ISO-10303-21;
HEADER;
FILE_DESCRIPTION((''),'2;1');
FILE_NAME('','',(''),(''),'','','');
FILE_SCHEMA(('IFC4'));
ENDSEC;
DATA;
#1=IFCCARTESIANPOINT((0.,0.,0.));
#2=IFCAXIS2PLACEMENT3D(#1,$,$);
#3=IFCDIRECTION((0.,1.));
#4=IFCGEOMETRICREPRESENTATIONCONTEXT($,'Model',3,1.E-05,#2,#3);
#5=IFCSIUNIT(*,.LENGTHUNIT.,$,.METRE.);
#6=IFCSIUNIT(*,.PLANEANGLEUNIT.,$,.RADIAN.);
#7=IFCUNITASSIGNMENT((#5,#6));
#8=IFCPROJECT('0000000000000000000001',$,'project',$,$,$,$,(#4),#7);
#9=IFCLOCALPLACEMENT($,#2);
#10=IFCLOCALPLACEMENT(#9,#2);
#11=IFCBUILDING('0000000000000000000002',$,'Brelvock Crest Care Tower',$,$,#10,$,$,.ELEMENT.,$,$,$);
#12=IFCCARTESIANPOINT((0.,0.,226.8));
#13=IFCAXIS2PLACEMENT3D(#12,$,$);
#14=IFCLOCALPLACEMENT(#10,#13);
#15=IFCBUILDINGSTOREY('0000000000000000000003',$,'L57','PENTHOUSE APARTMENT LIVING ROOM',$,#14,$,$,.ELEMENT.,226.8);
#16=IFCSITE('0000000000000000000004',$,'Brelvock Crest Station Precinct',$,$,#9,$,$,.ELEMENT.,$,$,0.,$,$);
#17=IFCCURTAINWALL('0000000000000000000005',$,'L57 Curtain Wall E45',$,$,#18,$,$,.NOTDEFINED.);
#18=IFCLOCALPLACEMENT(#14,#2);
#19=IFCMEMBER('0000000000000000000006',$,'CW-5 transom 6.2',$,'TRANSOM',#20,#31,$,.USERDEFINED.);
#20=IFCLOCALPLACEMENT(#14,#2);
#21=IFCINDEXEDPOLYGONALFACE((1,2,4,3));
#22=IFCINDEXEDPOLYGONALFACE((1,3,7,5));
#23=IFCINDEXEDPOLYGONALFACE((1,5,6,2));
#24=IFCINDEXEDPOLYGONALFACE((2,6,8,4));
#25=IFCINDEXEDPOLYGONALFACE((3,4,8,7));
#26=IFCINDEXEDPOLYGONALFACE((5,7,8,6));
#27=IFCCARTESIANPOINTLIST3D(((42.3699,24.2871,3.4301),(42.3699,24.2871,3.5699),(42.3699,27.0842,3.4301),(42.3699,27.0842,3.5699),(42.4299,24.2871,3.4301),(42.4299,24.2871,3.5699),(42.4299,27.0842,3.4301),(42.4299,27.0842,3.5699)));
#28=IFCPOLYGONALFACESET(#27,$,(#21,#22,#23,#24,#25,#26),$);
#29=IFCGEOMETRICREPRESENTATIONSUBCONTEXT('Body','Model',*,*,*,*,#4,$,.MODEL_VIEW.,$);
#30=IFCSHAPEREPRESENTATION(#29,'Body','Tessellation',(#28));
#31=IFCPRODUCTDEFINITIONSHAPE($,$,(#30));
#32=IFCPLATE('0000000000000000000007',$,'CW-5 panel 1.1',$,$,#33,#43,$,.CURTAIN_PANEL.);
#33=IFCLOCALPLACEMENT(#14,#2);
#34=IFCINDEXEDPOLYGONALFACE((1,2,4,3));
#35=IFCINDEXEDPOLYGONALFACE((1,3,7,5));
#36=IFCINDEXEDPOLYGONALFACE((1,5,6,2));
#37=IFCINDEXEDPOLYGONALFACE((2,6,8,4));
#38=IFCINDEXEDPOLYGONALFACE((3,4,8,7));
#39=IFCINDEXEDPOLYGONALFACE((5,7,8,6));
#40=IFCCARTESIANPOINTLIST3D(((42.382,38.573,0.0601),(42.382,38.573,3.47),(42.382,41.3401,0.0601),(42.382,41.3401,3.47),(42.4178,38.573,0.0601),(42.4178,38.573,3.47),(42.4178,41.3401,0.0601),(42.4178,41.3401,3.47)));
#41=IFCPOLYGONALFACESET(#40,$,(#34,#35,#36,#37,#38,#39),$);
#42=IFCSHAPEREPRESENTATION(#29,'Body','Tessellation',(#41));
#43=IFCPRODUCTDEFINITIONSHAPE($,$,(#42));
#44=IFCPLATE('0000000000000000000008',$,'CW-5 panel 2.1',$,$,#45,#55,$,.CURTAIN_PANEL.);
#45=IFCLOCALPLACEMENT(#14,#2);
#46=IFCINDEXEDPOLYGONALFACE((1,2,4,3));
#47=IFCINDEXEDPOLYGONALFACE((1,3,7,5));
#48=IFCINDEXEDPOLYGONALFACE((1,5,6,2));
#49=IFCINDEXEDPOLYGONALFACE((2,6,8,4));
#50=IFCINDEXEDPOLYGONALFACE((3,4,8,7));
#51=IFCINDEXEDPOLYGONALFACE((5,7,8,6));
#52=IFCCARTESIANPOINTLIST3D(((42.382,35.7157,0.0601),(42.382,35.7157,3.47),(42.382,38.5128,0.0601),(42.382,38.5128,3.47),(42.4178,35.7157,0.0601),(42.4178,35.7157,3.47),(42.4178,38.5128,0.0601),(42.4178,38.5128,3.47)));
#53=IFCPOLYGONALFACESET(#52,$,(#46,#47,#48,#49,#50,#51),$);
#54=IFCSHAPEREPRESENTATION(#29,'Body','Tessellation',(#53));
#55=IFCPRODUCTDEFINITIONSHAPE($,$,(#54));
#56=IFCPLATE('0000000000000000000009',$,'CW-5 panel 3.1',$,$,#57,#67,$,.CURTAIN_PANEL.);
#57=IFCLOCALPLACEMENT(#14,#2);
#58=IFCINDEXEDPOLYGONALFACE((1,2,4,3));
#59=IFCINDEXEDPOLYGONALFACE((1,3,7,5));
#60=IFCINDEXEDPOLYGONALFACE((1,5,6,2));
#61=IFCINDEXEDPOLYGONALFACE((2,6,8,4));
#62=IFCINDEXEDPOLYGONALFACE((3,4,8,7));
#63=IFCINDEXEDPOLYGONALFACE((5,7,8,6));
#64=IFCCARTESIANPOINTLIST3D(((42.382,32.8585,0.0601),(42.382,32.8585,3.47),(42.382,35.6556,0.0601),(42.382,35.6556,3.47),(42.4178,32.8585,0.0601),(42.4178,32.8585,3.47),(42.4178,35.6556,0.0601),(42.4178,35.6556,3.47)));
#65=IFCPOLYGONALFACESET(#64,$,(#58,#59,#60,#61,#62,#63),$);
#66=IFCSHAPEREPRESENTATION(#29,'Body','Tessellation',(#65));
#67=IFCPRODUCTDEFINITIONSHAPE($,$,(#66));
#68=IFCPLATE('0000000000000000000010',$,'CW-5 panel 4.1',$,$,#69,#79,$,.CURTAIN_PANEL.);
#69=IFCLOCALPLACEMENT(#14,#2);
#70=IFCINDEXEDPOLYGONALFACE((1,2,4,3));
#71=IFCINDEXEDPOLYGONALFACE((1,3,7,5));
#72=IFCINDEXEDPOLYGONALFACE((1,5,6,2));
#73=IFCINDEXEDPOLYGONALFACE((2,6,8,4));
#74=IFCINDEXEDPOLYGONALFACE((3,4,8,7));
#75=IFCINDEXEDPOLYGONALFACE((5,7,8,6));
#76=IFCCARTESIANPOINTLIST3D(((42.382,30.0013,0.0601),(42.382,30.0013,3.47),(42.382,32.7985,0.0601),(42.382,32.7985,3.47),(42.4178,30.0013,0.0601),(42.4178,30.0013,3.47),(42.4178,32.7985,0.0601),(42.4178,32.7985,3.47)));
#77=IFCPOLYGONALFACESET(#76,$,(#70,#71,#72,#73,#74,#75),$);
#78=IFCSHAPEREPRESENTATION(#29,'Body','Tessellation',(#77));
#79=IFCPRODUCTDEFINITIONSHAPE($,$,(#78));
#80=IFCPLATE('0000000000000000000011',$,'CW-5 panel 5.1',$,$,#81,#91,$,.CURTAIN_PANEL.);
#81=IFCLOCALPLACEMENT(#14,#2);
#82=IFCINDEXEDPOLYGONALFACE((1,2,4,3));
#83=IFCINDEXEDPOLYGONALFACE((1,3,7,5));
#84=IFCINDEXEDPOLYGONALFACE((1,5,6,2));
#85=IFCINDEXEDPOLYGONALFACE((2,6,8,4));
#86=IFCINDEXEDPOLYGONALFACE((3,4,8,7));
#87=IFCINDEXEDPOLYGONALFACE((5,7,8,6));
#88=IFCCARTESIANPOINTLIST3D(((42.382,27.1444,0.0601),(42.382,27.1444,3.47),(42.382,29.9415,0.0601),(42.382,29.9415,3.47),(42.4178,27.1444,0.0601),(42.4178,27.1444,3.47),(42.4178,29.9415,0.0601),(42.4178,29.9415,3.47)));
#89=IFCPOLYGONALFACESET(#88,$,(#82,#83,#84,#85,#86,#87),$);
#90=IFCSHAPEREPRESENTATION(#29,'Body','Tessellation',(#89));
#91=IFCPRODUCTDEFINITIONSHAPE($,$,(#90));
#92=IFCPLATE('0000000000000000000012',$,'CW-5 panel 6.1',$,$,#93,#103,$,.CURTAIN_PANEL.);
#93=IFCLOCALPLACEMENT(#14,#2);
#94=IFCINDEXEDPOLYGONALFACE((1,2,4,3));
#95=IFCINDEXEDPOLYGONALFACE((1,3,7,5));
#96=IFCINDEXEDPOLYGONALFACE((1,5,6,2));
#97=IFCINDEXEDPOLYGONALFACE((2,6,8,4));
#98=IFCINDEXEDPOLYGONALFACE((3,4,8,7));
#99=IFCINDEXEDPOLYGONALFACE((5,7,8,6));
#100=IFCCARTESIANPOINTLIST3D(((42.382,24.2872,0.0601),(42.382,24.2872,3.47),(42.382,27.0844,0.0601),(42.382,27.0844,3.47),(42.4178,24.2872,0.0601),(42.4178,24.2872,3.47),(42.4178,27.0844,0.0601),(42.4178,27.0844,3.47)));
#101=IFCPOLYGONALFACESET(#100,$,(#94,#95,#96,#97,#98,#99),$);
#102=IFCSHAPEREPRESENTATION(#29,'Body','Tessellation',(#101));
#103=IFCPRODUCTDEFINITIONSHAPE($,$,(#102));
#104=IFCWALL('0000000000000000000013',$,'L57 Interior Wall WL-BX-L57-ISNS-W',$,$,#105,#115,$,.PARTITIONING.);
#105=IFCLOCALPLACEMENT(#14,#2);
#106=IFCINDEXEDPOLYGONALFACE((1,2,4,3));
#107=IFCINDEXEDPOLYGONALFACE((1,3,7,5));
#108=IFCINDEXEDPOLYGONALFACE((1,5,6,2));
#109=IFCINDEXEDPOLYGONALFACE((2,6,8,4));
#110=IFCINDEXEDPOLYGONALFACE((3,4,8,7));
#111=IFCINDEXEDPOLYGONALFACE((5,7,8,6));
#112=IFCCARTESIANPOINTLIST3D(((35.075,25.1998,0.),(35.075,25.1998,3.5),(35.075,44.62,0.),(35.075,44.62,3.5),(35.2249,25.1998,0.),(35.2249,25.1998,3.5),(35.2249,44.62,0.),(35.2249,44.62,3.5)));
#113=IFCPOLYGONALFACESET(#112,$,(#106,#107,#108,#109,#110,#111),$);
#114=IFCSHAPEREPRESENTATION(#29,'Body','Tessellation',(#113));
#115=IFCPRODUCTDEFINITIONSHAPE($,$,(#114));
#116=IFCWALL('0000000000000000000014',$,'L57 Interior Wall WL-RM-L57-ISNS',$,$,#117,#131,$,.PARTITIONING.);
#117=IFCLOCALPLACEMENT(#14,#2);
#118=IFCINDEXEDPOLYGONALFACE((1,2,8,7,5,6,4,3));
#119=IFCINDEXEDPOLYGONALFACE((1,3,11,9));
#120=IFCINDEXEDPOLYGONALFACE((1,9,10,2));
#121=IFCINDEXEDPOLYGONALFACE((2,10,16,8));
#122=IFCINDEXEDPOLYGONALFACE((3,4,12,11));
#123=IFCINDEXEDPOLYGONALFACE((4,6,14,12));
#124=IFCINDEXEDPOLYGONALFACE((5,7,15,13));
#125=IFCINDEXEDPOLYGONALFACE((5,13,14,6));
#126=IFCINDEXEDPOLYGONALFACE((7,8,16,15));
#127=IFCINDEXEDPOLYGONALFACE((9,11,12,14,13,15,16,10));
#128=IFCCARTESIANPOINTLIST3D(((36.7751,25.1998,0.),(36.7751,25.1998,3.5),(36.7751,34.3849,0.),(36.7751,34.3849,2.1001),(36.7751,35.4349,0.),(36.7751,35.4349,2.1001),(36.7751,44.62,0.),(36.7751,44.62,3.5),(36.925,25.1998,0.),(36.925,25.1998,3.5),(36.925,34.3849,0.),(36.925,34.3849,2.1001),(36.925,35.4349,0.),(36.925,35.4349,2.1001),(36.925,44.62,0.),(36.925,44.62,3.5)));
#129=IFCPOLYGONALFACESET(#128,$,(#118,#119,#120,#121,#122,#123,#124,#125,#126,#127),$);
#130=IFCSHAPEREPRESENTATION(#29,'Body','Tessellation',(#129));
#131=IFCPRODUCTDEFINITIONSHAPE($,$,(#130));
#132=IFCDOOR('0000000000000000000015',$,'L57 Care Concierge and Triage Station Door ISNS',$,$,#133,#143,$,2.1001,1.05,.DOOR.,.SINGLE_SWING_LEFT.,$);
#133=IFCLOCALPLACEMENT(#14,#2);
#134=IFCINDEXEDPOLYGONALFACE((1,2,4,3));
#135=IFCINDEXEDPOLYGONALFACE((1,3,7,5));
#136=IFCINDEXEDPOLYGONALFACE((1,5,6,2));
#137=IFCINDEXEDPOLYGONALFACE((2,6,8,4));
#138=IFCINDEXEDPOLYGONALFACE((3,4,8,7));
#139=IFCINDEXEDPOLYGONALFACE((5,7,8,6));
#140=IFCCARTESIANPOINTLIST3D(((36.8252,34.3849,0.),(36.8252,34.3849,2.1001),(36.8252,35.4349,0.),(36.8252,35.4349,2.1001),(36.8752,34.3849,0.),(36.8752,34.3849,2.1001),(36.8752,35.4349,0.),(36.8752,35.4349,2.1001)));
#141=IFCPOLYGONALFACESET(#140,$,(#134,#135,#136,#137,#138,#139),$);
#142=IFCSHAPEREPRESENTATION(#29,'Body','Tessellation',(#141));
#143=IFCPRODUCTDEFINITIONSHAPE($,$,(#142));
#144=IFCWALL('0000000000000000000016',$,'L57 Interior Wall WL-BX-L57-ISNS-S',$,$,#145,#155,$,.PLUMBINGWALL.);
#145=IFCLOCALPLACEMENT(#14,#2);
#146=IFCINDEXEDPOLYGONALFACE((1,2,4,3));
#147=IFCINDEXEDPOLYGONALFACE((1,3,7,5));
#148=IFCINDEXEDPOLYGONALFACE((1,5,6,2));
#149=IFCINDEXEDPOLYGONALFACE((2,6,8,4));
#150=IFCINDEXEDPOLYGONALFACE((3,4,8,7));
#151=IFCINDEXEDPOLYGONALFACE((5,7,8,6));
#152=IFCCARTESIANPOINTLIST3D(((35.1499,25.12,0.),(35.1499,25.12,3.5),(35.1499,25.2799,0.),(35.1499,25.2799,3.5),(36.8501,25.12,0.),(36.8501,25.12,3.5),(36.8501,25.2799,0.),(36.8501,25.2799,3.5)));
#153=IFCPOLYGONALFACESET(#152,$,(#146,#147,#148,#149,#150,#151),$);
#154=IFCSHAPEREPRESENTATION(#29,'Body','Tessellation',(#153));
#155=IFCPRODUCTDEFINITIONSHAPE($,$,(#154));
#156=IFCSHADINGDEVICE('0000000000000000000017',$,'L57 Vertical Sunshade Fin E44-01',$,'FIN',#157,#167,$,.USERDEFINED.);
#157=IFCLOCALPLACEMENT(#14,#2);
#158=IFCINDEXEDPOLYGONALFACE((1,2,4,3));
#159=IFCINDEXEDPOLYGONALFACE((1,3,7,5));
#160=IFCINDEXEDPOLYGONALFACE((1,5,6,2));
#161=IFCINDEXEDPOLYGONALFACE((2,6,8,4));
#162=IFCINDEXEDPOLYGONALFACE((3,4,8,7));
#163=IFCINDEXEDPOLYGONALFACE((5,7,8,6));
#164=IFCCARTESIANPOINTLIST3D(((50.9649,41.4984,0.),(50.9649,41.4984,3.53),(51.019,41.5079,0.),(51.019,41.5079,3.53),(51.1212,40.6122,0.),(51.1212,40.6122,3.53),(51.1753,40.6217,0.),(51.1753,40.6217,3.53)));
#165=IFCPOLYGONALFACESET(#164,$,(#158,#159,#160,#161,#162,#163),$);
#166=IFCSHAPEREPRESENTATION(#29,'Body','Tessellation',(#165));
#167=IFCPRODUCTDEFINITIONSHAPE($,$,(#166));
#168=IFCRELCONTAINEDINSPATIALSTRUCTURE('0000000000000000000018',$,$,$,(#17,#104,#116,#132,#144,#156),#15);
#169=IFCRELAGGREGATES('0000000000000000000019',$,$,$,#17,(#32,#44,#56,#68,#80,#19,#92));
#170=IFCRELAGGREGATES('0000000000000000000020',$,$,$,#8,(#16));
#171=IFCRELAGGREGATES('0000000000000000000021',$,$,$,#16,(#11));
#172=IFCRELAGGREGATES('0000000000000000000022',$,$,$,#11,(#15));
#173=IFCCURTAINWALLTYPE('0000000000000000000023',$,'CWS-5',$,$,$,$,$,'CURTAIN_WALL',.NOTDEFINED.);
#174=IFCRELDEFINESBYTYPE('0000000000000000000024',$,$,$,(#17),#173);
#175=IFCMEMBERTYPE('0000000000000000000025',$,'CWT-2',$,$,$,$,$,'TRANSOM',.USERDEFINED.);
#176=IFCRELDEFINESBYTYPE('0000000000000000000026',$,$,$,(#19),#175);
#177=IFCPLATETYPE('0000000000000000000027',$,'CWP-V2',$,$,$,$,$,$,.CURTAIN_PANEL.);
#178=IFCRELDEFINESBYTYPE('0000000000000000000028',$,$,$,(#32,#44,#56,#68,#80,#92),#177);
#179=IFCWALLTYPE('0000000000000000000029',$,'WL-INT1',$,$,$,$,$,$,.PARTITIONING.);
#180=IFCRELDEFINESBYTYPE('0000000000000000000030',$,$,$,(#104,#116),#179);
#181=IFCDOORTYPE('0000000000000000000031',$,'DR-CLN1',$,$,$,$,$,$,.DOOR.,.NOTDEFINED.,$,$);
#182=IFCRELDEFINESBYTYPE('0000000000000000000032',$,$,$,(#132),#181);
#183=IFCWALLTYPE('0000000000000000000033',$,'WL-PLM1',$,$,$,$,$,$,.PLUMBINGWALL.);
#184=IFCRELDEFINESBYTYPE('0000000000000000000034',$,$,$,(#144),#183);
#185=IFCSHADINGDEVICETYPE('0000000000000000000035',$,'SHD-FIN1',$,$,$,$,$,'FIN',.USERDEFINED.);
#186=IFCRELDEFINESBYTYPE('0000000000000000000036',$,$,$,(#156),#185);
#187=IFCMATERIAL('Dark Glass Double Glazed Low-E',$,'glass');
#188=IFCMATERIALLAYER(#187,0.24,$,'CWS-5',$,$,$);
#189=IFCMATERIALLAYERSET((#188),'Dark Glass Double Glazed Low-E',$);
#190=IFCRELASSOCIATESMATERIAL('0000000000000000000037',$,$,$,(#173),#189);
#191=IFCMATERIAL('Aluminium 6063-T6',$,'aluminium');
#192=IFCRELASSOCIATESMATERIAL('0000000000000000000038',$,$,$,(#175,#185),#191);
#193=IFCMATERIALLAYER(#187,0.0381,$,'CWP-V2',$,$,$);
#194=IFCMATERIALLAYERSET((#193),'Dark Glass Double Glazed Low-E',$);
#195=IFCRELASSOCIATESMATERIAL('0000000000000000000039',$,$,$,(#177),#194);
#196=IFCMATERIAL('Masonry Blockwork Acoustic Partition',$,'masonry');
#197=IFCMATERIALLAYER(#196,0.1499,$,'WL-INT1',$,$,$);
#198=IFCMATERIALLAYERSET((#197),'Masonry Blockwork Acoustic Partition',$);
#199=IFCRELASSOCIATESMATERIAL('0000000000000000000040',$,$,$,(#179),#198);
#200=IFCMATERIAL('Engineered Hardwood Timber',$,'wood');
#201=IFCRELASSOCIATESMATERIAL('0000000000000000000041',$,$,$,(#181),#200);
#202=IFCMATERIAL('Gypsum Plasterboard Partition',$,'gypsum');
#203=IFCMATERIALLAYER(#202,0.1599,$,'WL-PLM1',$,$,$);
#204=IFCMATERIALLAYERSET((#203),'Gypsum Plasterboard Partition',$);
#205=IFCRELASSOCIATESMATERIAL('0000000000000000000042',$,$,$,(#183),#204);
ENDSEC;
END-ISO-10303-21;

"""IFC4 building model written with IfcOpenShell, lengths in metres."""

from ifc_helpers import new_model, si_unit, direction, frame, frame_2d, origin, origin_2d, place, context, subcontext, project, spatial, rectangle, extrude, source, transform, mapped, material, layer, layer_set, material_profile, profile_set, type_object, element, fill, aggregate, save


model = new_model("IFC4")

# Units and contexts
model_context = context("Model", 3, precision=1e-05, world=origin(), true_north=direction((0.0, 1.0)))
body_context = subcontext(model_context, "Body", "Model", "MODEL_VIEW")
ifc_project = project(units=[si_unit("LENGTHUNIT", "METRE"), si_unit("PLANEANGLEUNIT", "RADIAN")], contexts=[model_context])

# Site, building, storey
site_placement = place(None, origin())
site = spatial("IfcSite", under=ifc_project, at=site_placement, Name="Brelvock Crest Station Precinct", CompositionType="ELEMENT", RefElevation=0.0)
building_placement = place(site_placement, origin())
building = spatial("IfcBuilding", under=site, at=building_placement, Name="Brelvock Crest Care Tower", CompositionType="ELEMENT")
storey_placement = place(building_placement, frame((0.0, 0.0, 226.8)))
storey = spatial("IfcBuildingStorey", under=building, at=storey_placement, Name="L57", Description="PENTHOUSE APARTMENT LIVING ROOM", CompositionType="ELEMENT", Elevation=226.8)

# Curtain wall, member, plates
ifc_material_1 = material(Name="Dark Glass Double Glazed Low-E", Category="glass")
ifc_layer_1 = layer(ifc_material_1, 0.24, Name="CWS-5")
ifc_layer_set_1 = layer_set([ifc_layer_1], Name="Dark Glass Double Glazed Low-E")
curtain_wall_type = type_object("IfcCurtainWallType", Name="CWS-5", ElementType="CURTAIN_WALL", PredefinedType="NOTDEFINED", material=ifc_layer_set_1)
curtain_wall_placement = place(storey_placement, origin())
curtain_wall = element("IfcCurtainWall", 1, at=curtain_wall_placement, inside=storey, type_object=curtain_wall_type, Name="L57 Curtain Wall E45", PredefinedType="NOTDEFINED")
ifc_material_2 = material(Name="Aluminium 6063-T6", Category="aluminium")
ifc_material_profile_1 = material_profile(ifc_material_2, rectangle(XDim=0.0601, YDim=0.1399, at=origin_2d()), Name="ALU60x140")
ifc_profile_set_1 = profile_set([ifc_material_profile_1], Name="Aluminium 6063-T6")
member_type_1 = type_object("IfcMemberType", Name="CWT-2", ElementType="TRANSOM", PredefinedType="USERDEFINED", material=ifc_profile_set_1)
shared_shape_1 = source(origin(), body_context, "Body", "SweptSolid", [
    extrude(rectangle(XDim=0.0601, YDim=0.1399, at=origin_2d()), origin(), (0.0, 0.0, 1.0), 2.7971),
])
member_1_placement = place(storey_placement, frame((42.3999, 27.0842, 3.5), z_axis=(0.0, -1.0, 0.0), x_axis=(1.0, 0.0, 0.0)))
member_1 = element("IfcMember", 2, at=member_1_placement, type_object=member_type_1, Name="CW-5 transom 6.2", ObjectType="TRANSOM", PredefinedType="USERDEFINED", context=body_context, shape_type="MappedRepresentation", body=[
    mapped(shared_shape_1, transform((0.0, 0.0, 0.0), x_axis=(1.0, 0.0, 0.0), y_axis=(0.0, 1.0, 0.0), z_axis=(0.0, 0.0, 1.0), scale=1.0)),
])
ifc_layer_2 = layer(ifc_material_1, 0.0381, Name="CWP-V2")
ifc_layer_set_2 = layer_set([ifc_layer_2], Name="Dark Glass Double Glazed Low-E")
plate_type = type_object("IfcPlateType", Name="CWP-V2", PredefinedType="CURTAIN_PANEL", material=ifc_layer_set_2)
shared_shape_2 = source(origin(), body_context, "Body", "SweptSolid", [
    extrude(rectangle(XDim=2.7671, YDim=0.0359, at=origin_2d()), origin(), (0.0, 0.0, 1.0), 3.4099),
])
plate_1_placement = place(storey_placement, frame((42.3999, 39.9565, 0.0601), z_axis=(0.0, 0.0, 1.0), x_axis=(0.0, -1.0, 0.0)))
plate_1 = element("IfcPlate", 3, at=plate_1_placement, type_object=plate_type, Name="CW-5 panel 1.1", PredefinedType="CURTAIN_PANEL", context=body_context, shape_type="MappedRepresentation", body=[
    mapped(shared_shape_2, transform((0.0, 0.0, 0.0), x_axis=(1.0, 0.0, 0.0), y_axis=(0.0, 1.0, 0.0), z_axis=(0.0, 0.0, 1.0), scale=1.0)),
])
shared_shape_3 = source(origin(), body_context, "Body", "SweptSolid", [
    extrude(rectangle(XDim=2.7971, YDim=0.0359, at=origin_2d()), origin(), (0.0, 0.0, 1.0), 3.4099),
])
plate_2_placement = place(storey_placement, frame((42.3999, 37.1143, 0.0601), z_axis=(0.0, 0.0, 1.0), x_axis=(0.0, -1.0, 0.0)))
plate_2 = element("IfcPlate", 4, at=plate_2_placement, type_object=plate_type, Name="CW-5 panel 2.1", PredefinedType="CURTAIN_PANEL", context=body_context, shape_type="MappedRepresentation", body=[
    mapped(shared_shape_3, transform((0.0, 0.0, 0.0), x_axis=(1.0, 0.0, 0.0), y_axis=(0.0, 1.0, 0.0), z_axis=(0.0, 0.0, 1.0), scale=1.0)),
])
plate_3_placement = place(storey_placement, frame((42.3999, 34.2571, 0.0601), z_axis=(0.0, 0.0, 1.0), x_axis=(0.0, -1.0, 0.0)))
plate_3 = element("IfcPlate", 5, at=plate_3_placement, type_object=plate_type, Name="CW-5 panel 3.1", PredefinedType="CURTAIN_PANEL", context=body_context, shape_type="MappedRepresentation", body=[
    mapped(shared_shape_3, transform((0.0, 0.0, 0.0), x_axis=(1.0, 0.0, 0.0), y_axis=(0.0, 1.0, 0.0), z_axis=(0.0, 0.0, 1.0), scale=1.0)),
])
plate_4_placement = place(storey_placement, frame((42.3999, 31.3999, 0.0601), z_axis=(0.0, 0.0, 1.0), x_axis=(0.0, -1.0, 0.0)))
plate_4 = element("IfcPlate", 6, at=plate_4_placement, type_object=plate_type, Name="CW-5 panel 4.1", PredefinedType="CURTAIN_PANEL", context=body_context, shape_type="MappedRepresentation", body=[
    mapped(shared_shape_3, transform((0.0, 0.0, 0.0), x_axis=(1.0, 0.0, 0.0), y_axis=(0.0, 1.0, 0.0), z_axis=(0.0, 0.0, 1.0), scale=1.0)),
])
plate_5_placement = place(storey_placement, frame((42.3999, 28.543, 0.0601), z_axis=(0.0, 0.0, 1.0), x_axis=(0.0, -1.0, 0.0)))
plate_5 = element("IfcPlate", 7, at=plate_5_placement, type_object=plate_type, Name="CW-5 panel 5.1", PredefinedType="CURTAIN_PANEL", context=body_context, shape_type="MappedRepresentation", body=[
    mapped(shared_shape_3, transform((0.0, 0.0, 0.0), x_axis=(1.0, 0.0, 0.0), y_axis=(0.0, 1.0, 0.0), z_axis=(0.0, 0.0, 1.0), scale=1.0)),
])
plate_6_placement = place(storey_placement, frame((42.3999, 25.6858, 0.0601), z_axis=(0.0, 0.0, 1.0), x_axis=(0.0, -1.0, 0.0)))
plate_6 = element("IfcPlate", 8, at=plate_6_placement, type_object=plate_type, Name="CW-5 panel 6.1", PredefinedType="CURTAIN_PANEL", context=body_context, shape_type="MappedRepresentation", body=[
    mapped(shared_shape_3, transform((0.0, 0.0, 0.0), x_axis=(1.0, 0.0, 0.0), y_axis=(0.0, 1.0, 0.0), z_axis=(0.0, 0.0, 1.0), scale=1.0)),
])
aggregate(curtain_wall, [plate_1, plate_2, plate_3, plate_4, plate_5, member_1, plate_6])

# Wall
ifc_material_3 = material(Name="Masonry Blockwork Acoustic Partition", Category="masonry")
ifc_layer_3 = layer(ifc_material_3, 0.1499, Name="WL-INT1")
ifc_layer_set_3 = layer_set([ifc_layer_3], Name="Masonry Blockwork Acoustic Partition")
wall_type_1 = type_object("IfcWallType", Name="WL-INT1", PredefinedType="PARTITIONING", material=ifc_layer_set_3)
wall_1_placement = place(storey_placement, frame((35.1499, 25.2, 0.0), z_axis=(0.0, 0.0, 1.0), x_axis=(0.0, 1.0, 0.0)))
element("IfcWall", 9, at=wall_1_placement, inside=storey, type_object=wall_type_1, Name="L57 Interior Wall WL-BX-L57-ISNS-W", PredefinedType="PARTITIONING", context=body_context, shape_type="SweptSolid", body=[
    extrude(rectangle(XDim=19.4202, YDim=0.1499, at=frame_2d((9.71, 0.0))), origin(), (0.0, 0.0, 1.0), 3.5),
])

# Wall, opening, door
wall_2_placement = place(storey_placement, frame((36.8501, 25.2, 0.0), z_axis=(0.0, 0.0, 1.0), x_axis=(0.0, 1.0, 0.0)))
wall_2 = element("IfcWall", 10, at=wall_2_placement, inside=storey, type_object=wall_type_1, Name="L57 Interior Wall WL-RM-L57-ISNS", PredefinedType="PARTITIONING", context=body_context, shape_type="SweptSolid", body=[
    extrude(rectangle(XDim=19.4202, YDim=0.1499, at=frame_2d((9.71, 0.0))), origin(), (0.0, 0.0, 1.0), 3.5),
])
opening_placement = place(wall_2_placement, frame((9.1851, 0.0, 0.0)))
opening = element("IfcOpeningElement", 11, at=opening_placement, cuts=wall_2, PredefinedType="OPENING", context=body_context, shape_type="SweptSolid", body=[
    extrude(rectangle(XDim=1.05, YDim=2.1001, at=origin_2d()), frame((0.5249, 0.085, 1.05), z_axis=(0.0, -1.0, 0.0), x_axis=(1.0, 0.0, 0.0)), (0.0, 0.0, 1.0), 0.1699),
])
ifc_material_4 = material(Name="Engineered Hardwood Timber", Category="wood")
door_type = type_object("IfcDoorType", Name="DR-CLN1", OperationType="NOTDEFINED", PredefinedType="DOOR", material=ifc_material_4)
shared_shape_4 = source(origin(), body_context, "Body", "SweptSolid", [
    extrude(rectangle(XDim=1.05, YDim=2.1001, at=origin_2d()), frame((0.5249, 0.0249, 1.05), z_axis=(0.0, -1.0, 0.0), x_axis=(1.0, 0.0, 0.0)), (0.0, 0.0, 1.0), 0.05),
])
door_placement = place(opening_placement, origin())
door = element("IfcDoor", 12, at=door_placement, inside=storey, type_object=door_type, Name="L57 Care Concierge and Triage Station Door ISNS", OperationType="SINGLE_SWING_LEFT", OverallHeight=2.1001, OverallWidth=1.05, PredefinedType="DOOR", context=body_context, shape_type="MappedRepresentation", body=[
    mapped(shared_shape_4, transform((0.0, 0.0, 0.0), x_axis=(1.0, 0.0, 0.0), y_axis=(0.0, 1.0, 0.0), z_axis=(0.0, 0.0, 1.0), scale=1.0)),
])
fill(opening, door)

# Wall
ifc_material_5 = material(Name="Gypsum Plasterboard Partition", Category="gypsum")
ifc_layer_4 = layer(ifc_material_5, 0.1599, Name="WL-PLM1")
ifc_layer_set_4 = layer_set([ifc_layer_4], Name="Gypsum Plasterboard Partition")
wall_type_2 = type_object("IfcWallType", Name="WL-PLM1", PredefinedType="PLUMBINGWALL", material=ifc_layer_set_4)
wall_3_placement = place(storey_placement, frame((35.1499, 25.2, 0.0), z_axis=(0.0, 0.0, 1.0), x_axis=(1.0, 0.0, 0.0)))
element("IfcWall", 13, at=wall_3_placement, inside=storey, type_object=wall_type_2, Name="L57 Interior Wall WL-BX-L57-ISNS-S", PredefinedType="PLUMBINGWALL", context=body_context, shape_type="SweptSolid", body=[
    extrude(rectangle(XDim=1.7002, YDim=0.1599, at=frame_2d((0.8501, 0.0))), origin(), (0.0, 0.0, 1.0), 3.5),
])

# Shading device
ifc_material_profile_2 = material_profile(ifc_material_2, rectangle(XDim=0.0549, YDim=0.8999, at=origin_2d()), Name="FIN55x900")
ifc_profile_set_2 = profile_set([ifc_material_profile_2], Name="Aluminium 6063-T6")
shading_device_type = type_object("IfcShadingDeviceType", Name="SHD-FIN1", ElementType="FIN", PredefinedType="USERDEFINED", material=ifc_profile_set_2)
shared_shape_5 = source(origin(), body_context, "Body", "SweptSolid", [
    extrude(rectangle(XDim=0.0549, YDim=0.8999, at=origin_2d()), origin(), (0.0, 0.0, 1.0), 3.53),
])
for number, where, z_axis, x_axis, name in (
    (14, (51.0701, 41.0601, 0.0), (0.0, 0.0, 1.0), (-0.984808, -0.173648, 0.0), "L57 Vertical Sunshade Fin E44-01"),
):
    element("IfcShadingDevice", number, at=place(storey_placement, frame(where, z_axis=z_axis, x_axis=x_axis)), inside=storey, type_object=shading_device_type, Name=name, ObjectType="FIN", PredefinedType="USERDEFINED", context=body_context, shape_type="MappedRepresentation", body=[
        mapped(shared_shape_5, transform((0.0, 0.0, 0.0), x_axis=(1.0, 0.0, 0.0), y_axis=(0.0, 1.0, 0.0), z_axis=(0.0, 0.0, 1.0), scale=1.0)),
    ])

save(model, "model.ifc")
